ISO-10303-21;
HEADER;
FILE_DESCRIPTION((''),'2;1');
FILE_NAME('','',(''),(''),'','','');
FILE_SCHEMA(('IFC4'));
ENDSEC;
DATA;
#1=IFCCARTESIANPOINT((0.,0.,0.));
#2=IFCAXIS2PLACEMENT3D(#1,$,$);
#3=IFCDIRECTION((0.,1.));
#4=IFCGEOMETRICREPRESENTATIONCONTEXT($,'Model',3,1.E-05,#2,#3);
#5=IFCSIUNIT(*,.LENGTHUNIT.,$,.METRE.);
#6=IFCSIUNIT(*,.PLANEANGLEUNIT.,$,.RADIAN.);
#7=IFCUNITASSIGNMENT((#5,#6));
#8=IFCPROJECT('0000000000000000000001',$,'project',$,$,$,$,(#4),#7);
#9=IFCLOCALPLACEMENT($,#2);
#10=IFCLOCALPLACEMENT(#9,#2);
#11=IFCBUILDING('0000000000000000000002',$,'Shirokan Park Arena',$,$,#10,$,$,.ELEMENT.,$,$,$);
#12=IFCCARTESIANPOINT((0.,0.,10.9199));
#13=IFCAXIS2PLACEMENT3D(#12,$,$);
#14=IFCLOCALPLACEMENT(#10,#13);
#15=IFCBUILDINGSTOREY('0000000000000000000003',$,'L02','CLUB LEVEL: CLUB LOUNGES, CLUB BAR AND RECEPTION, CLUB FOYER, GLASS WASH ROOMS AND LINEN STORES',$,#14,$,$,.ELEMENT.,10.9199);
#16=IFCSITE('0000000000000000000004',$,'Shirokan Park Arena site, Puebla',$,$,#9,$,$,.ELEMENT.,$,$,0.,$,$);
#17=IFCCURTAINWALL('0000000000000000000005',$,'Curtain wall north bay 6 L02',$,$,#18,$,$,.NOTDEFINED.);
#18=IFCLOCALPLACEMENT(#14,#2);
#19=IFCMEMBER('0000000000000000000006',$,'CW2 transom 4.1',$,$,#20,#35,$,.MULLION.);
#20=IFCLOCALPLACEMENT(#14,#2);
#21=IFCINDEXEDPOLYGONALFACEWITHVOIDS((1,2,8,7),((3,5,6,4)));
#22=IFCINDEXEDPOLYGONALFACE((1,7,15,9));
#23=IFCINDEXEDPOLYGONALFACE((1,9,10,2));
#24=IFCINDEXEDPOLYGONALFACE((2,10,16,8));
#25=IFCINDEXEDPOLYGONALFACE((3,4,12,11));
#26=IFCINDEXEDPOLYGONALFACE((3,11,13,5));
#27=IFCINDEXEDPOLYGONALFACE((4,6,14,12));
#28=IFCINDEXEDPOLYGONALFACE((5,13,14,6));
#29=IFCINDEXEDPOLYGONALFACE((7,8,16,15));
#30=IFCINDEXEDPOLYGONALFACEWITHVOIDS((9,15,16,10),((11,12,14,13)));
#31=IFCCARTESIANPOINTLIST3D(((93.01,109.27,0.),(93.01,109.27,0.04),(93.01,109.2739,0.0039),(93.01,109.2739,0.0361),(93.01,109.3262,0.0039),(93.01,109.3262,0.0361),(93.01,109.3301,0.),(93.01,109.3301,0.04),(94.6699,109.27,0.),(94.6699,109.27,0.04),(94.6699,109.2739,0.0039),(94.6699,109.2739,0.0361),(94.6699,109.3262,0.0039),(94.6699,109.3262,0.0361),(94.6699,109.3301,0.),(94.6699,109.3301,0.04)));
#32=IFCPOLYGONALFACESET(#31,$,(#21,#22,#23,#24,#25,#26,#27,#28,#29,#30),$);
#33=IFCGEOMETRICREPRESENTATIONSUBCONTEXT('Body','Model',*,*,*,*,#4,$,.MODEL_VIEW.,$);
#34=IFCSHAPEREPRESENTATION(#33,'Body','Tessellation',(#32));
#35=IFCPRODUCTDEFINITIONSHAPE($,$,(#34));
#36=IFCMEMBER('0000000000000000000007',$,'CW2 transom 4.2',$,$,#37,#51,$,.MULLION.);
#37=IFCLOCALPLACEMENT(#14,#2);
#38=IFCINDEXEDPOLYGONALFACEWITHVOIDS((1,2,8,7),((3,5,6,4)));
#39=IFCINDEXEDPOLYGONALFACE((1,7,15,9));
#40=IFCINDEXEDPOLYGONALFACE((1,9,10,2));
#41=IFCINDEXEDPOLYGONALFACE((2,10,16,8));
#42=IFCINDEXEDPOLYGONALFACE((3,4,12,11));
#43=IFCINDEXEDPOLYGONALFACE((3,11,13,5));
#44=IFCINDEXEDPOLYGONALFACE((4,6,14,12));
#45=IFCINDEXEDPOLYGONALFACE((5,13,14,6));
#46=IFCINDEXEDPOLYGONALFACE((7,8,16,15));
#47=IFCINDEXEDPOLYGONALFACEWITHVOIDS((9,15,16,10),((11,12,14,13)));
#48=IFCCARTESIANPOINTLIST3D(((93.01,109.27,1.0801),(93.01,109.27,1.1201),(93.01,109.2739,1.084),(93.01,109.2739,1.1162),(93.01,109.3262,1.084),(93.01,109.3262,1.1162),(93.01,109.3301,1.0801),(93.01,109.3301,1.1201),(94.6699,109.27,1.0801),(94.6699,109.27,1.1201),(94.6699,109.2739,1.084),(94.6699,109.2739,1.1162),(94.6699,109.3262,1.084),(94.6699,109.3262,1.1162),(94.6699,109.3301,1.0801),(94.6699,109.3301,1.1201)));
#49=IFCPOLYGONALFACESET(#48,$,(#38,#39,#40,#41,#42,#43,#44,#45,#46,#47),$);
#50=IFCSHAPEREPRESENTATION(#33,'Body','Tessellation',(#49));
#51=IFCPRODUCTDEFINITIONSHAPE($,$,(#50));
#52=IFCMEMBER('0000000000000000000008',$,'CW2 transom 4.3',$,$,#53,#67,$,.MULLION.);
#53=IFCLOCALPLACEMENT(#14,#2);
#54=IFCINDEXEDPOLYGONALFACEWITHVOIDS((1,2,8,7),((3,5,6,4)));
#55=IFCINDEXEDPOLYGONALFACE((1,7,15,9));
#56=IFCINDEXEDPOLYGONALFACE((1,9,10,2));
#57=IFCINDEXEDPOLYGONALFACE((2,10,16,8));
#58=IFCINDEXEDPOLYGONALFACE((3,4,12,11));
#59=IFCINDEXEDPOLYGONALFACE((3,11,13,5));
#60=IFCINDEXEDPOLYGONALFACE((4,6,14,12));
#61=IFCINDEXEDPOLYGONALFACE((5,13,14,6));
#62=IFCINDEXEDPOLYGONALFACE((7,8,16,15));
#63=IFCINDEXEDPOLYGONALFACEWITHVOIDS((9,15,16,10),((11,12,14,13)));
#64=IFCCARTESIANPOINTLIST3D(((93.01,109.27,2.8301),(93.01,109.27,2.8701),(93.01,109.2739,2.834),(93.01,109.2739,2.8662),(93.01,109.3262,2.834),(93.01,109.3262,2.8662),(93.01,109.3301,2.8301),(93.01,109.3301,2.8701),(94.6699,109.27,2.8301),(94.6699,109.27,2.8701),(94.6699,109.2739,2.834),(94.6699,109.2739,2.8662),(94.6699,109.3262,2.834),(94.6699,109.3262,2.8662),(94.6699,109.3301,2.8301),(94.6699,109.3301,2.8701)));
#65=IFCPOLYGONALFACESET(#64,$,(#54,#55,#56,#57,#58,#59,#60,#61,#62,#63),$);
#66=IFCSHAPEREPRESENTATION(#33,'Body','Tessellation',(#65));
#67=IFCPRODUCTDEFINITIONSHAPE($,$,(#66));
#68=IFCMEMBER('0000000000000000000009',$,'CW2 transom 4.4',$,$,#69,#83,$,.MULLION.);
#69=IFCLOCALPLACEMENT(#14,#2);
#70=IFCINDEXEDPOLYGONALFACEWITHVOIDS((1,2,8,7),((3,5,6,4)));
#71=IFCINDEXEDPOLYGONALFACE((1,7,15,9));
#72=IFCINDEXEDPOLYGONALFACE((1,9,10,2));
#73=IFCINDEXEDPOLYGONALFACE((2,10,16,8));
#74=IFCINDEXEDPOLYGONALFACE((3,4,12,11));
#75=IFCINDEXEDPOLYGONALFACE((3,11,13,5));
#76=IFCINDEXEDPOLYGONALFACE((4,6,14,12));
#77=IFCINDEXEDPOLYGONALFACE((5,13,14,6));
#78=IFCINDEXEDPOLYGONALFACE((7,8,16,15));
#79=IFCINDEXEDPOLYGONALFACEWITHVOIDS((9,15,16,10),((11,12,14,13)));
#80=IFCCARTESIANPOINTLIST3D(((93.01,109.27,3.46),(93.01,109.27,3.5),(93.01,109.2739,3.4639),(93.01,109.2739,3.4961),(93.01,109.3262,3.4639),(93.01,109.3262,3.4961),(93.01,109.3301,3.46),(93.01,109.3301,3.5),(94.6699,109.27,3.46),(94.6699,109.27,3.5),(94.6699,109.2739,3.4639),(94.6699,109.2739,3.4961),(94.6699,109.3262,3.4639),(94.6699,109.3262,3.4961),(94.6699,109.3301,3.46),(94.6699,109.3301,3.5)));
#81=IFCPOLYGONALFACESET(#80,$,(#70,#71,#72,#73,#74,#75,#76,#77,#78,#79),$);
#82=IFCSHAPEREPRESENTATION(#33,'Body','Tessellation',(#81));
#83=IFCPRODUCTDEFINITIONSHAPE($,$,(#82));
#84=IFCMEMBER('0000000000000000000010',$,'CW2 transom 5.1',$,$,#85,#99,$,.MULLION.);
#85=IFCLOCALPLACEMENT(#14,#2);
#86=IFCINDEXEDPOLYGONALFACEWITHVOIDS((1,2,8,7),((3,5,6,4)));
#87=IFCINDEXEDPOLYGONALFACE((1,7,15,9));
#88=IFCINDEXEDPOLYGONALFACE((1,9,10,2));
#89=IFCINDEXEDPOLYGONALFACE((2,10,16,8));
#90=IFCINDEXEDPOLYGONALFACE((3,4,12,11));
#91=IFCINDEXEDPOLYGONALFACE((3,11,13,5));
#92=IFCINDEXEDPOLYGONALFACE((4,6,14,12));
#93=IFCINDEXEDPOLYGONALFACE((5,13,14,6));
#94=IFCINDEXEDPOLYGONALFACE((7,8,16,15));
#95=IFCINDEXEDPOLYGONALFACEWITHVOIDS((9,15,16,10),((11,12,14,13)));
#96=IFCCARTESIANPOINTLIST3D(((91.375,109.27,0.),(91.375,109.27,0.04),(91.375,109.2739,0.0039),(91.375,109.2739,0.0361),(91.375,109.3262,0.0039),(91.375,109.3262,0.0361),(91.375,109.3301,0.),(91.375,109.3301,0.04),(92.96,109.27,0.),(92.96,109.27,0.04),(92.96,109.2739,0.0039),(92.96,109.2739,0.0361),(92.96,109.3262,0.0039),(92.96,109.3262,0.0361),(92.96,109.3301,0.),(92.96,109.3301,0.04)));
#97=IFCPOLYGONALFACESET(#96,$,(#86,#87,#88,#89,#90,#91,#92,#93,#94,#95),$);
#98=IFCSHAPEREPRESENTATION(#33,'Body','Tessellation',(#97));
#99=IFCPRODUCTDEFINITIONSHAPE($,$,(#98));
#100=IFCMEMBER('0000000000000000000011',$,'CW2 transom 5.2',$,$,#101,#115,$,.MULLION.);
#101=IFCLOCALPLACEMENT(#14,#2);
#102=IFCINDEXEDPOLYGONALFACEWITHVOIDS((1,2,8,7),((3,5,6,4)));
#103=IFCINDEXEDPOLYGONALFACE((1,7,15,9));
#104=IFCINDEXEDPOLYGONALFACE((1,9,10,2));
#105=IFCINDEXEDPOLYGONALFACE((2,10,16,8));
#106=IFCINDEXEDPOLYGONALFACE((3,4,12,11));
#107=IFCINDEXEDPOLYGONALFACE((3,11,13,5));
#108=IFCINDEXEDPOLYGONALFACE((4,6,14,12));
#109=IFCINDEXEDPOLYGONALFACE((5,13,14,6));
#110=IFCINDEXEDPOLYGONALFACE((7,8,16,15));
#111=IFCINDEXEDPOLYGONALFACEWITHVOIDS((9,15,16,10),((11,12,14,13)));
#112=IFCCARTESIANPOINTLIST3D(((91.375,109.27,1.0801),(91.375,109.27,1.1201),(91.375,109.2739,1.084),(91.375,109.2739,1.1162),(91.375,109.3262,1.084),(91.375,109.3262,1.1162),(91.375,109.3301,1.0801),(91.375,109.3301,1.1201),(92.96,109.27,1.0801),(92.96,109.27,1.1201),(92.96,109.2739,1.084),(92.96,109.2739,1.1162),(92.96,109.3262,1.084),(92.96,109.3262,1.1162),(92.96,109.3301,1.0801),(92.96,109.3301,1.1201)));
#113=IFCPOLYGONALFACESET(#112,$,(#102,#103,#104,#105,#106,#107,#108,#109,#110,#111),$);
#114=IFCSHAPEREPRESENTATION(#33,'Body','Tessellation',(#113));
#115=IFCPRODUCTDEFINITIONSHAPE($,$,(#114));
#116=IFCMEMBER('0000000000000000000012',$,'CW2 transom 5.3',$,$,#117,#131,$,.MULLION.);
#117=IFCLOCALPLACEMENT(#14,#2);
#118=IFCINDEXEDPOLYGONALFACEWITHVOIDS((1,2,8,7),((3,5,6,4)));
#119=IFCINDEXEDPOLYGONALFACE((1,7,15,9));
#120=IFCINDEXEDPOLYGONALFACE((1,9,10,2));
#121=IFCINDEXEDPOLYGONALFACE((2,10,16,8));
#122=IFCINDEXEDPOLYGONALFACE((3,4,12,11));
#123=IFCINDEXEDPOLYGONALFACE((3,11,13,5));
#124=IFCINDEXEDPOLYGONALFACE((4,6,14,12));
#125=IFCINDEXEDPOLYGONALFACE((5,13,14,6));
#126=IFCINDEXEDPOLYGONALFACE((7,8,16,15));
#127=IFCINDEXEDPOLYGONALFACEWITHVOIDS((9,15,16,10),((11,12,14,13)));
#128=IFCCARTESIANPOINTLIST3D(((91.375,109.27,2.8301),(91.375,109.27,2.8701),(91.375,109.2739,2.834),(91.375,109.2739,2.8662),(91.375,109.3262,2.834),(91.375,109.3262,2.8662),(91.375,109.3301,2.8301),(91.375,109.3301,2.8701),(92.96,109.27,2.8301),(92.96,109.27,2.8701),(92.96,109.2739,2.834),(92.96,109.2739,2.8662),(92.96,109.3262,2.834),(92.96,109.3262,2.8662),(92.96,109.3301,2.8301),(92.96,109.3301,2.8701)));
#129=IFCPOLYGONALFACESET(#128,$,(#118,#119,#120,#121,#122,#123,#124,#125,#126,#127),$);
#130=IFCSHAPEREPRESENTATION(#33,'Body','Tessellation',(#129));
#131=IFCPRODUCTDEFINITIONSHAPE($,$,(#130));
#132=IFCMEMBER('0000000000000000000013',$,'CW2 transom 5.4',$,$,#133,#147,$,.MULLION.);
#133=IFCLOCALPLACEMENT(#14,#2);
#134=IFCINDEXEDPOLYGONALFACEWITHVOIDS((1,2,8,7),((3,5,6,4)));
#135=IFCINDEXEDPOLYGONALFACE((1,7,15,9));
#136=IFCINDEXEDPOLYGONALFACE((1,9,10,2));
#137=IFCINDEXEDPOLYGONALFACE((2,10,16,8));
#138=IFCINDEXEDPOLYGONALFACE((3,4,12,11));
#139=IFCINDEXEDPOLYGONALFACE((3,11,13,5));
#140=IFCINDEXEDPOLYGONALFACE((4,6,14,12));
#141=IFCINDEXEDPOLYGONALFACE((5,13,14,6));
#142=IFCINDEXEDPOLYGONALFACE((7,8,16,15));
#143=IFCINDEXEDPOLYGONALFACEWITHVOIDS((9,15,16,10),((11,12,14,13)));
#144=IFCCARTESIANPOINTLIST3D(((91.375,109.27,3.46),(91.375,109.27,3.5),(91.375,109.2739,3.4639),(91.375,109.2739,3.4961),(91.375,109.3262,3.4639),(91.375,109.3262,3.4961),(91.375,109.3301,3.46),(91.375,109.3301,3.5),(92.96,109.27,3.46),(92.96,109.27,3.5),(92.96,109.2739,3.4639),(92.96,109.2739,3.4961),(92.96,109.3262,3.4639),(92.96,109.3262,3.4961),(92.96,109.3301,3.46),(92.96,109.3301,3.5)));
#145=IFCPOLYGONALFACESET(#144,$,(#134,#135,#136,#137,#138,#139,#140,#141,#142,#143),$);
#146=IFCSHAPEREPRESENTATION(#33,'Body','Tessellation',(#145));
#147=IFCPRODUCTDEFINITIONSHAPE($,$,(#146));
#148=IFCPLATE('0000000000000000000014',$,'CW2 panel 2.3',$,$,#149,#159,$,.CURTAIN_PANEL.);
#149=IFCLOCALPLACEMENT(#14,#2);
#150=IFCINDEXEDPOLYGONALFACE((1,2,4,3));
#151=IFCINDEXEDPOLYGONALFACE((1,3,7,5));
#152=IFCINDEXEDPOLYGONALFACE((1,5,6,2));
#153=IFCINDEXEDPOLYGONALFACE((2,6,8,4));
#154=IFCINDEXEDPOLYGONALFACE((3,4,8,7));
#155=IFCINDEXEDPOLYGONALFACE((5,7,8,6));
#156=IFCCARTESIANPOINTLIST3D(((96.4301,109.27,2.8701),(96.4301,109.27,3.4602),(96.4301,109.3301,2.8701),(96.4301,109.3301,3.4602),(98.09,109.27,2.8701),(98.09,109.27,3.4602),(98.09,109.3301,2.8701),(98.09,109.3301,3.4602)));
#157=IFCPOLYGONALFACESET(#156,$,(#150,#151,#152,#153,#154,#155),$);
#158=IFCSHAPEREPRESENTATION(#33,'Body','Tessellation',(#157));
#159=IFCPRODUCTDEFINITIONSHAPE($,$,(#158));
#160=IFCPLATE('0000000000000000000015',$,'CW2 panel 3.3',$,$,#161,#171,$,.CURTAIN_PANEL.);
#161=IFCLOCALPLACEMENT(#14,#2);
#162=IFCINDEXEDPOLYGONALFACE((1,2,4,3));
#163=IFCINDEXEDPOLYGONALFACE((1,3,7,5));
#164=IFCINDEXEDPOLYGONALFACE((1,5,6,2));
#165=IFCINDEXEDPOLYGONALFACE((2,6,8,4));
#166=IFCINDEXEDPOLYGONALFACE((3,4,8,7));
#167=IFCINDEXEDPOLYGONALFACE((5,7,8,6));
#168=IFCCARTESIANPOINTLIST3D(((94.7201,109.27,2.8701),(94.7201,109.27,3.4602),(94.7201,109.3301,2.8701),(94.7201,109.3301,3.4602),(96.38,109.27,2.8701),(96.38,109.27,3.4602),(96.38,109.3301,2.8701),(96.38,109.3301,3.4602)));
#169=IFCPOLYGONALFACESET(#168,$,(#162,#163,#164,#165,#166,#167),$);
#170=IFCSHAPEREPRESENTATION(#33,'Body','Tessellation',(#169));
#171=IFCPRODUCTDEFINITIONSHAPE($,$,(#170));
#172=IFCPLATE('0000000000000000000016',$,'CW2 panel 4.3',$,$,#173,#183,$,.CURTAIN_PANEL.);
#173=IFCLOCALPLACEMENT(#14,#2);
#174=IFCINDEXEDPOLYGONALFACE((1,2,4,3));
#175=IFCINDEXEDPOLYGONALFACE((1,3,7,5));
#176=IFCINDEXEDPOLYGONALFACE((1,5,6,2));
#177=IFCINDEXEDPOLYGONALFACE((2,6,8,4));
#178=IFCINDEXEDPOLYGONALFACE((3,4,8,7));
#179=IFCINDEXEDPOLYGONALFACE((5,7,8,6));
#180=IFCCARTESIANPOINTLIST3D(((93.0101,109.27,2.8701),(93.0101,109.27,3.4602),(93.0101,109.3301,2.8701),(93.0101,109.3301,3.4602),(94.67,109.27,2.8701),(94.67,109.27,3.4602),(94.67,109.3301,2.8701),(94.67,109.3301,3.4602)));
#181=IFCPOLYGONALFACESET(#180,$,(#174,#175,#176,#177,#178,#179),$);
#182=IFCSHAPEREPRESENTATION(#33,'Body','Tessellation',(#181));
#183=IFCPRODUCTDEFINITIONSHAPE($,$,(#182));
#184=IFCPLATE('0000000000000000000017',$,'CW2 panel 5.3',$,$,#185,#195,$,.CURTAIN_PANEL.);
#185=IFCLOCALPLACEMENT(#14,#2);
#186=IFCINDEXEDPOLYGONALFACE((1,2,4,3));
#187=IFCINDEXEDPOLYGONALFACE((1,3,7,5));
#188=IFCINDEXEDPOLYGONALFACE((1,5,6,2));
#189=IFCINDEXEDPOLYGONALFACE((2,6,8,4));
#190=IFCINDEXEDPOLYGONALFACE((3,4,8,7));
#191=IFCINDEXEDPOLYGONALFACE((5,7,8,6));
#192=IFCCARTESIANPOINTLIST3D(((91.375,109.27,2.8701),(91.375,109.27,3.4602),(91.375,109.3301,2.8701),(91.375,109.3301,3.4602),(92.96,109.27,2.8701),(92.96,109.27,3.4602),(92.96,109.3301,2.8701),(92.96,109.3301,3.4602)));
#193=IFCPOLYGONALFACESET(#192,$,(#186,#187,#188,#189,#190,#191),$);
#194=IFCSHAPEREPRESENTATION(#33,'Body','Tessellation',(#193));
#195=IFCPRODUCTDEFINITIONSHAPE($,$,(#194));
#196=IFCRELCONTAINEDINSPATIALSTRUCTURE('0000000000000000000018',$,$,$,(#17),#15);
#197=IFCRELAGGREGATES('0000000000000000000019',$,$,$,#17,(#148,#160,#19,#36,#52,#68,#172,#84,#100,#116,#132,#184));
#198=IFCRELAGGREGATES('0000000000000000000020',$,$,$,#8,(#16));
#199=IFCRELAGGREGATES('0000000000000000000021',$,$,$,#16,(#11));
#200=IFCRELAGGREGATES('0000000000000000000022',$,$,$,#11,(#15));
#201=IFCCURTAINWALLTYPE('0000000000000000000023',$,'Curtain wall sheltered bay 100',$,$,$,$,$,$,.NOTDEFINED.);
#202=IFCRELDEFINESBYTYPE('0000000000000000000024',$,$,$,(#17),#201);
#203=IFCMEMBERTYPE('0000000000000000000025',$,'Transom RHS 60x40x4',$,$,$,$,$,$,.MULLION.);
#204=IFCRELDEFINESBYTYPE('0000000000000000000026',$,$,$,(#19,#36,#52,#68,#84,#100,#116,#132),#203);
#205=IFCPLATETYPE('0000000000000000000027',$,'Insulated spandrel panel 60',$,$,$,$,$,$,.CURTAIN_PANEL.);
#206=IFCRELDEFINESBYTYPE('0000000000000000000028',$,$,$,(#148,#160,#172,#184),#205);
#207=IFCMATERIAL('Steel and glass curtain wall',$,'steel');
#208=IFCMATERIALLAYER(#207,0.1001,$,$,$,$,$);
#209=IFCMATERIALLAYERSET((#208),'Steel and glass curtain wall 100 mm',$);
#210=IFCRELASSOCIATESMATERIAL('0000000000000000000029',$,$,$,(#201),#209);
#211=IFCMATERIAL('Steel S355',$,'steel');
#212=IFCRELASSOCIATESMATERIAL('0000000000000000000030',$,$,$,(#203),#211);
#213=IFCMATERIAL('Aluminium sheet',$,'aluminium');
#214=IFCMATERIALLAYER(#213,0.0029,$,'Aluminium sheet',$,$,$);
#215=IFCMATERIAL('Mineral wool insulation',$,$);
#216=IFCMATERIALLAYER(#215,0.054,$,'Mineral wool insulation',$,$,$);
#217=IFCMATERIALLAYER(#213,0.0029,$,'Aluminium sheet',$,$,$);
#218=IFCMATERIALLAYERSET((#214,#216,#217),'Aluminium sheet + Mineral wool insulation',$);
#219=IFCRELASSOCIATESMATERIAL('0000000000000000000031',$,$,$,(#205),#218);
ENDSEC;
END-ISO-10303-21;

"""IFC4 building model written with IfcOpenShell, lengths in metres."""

from ifc_helpers import new_model, si_unit, direction, frame, origin, origin_2d, place, context, subcontext, project, spatial, rectangle, hollow_rectangle, extrude, material, layer, layer_set, material_profile, profile_set, type_object, element, aggregate, save


model = new_model("IFC4")

# Units and contexts
model_context = context("Model", 3, precision=1e-05, world=origin(), true_north=direction((0.0, 1.0)))
body_context = subcontext(model_context, "Body", "Model", "MODEL_VIEW")
ifc_project = project(units=[si_unit("LENGTHUNIT", "METRE"), si_unit("PLANEANGLEUNIT", "RADIAN")], contexts=[model_context])

# Site, building, storey
site_placement = place(None, origin())
site = spatial("IfcSite", under=ifc_project, at=site_placement, Name="Shirokan Park Arena site, Puebla", CompositionType="ELEMENT", RefElevation=0.0)
building_placement = place(site_placement, origin())
building = spatial("IfcBuilding", under=site, at=building_placement, Name="Shirokan Park Arena", CompositionType="ELEMENT")
storey_placement = place(building_placement, frame((0.0, 0.0, 10.9199)))
storey = spatial("IfcBuildingStorey", under=building, at=storey_placement, Name="L02", Description="CLUB LEVEL: CLUB LOUNGES, CLUB BAR AND RECEPTION, CLUB FOYER, GLASS WASH ROOMS AND LINEN STORES", CompositionType="ELEMENT", Elevation=10.9199)

# Curtain wall, members, plates
ifc_material_1 = material(Name="Steel and glass curtain wall", Category="steel")
ifc_layer_1 = layer(ifc_material_1, 0.1001)
ifc_layer_set_1 = layer_set([ifc_layer_1], Name="Steel and glass curtain wall 100 mm")
curtain_wall_type = type_object("IfcCurtainWallType", Name="Curtain wall sheltered bay 100", PredefinedType="NOTDEFINED", material=ifc_layer_set_1)
curtain_wall_placement = place(storey_placement, origin())
curtain_wall = element("IfcCurtainWall", 1, at=curtain_wall_placement, inside=storey, type_object=curtain_wall_type, Name="Curtain wall north bay 6 L02", PredefinedType="NOTDEFINED")
ifc_material_2 = material(Name="Steel S355", Category="steel")
ifc_material_profile_1 = material_profile(ifc_material_2, hollow_rectangle(XDim=0.0601, YDim=0.04, WallThickness=0.0039, at=origin_2d()), Name="RHS 60x40x4")
ifc_profile_set_1 = profile_set([ifc_material_profile_1], Name="Steel S355")
member_type_1 = type_object("IfcMemberType", Name="Transom RHS 60x40x4", PredefinedType="MULLION", material=ifc_profile_set_1)
member_1_placement = place(storey_placement, frame((94.6699, 109.3, 0.02), z_axis=(-1.0, 0.0, 0.0), x_axis=(0.0, -1.0, 0.0)))
member_1 = element("IfcMember", 2, at=member_1_placement, type_object=member_type_1, Name="CW2 transom 4.1", PredefinedType="MULLION", context=body_context, shape_type="SweptSolid", body=[
    extrude(hollow_rectangle(XDim=0.0601, YDim=0.04, WallThickness=0.0039, at=origin_2d()), origin(), (0.0, 0.0, 1.0), 1.6599),
])
member_2_placement = place(storey_placement, frame((94.6699, 109.3, 1.1001), z_axis=(-1.0, 0.0, 0.0), x_axis=(0.0, -1.0, 0.0)))
member_2 = element("IfcMember", 3, at=member_2_placement, type_object=member_type_1, Name="CW2 transom 4.2", PredefinedType="MULLION", context=body_context, shape_type="SweptSolid", body=[
    extrude(hollow_rectangle(XDim=0.0601, YDim=0.04, WallThickness=0.0039, at=origin_2d()), origin(), (0.0, 0.0, 1.0), 1.6599),
])
member_3_placement = place(storey_placement, frame((94.6699, 109.3, 2.8501), z_axis=(-1.0, 0.0, 0.0), x_axis=(0.0, -1.0, 0.0)))
member_3 = element("IfcMember", 4, at=member_3_placement, type_object=member_type_1, Name="CW2 transom 4.3", PredefinedType="MULLION", context=body_context, shape_type="SweptSolid", body=[
    extrude(hollow_rectangle(XDim=0.0601, YDim=0.04, WallThickness=0.0039, at=origin_2d()), origin(), (0.0, 0.0, 1.0), 1.6599),
])
member_4_placement = place(storey_placement, frame((94.6699, 109.3, 3.48), z_axis=(-1.0, 0.0, 0.0), x_axis=(0.0, -1.0, 0.0)))
member_4 = element("IfcMember", 5, at=member_4_placement, type_object=member_type_1, Name="CW2 transom 4.4", PredefinedType="MULLION", context=body_context, shape_type="SweptSolid", body=[
    extrude(hollow_rectangle(XDim=0.0601, YDim=0.04, WallThickness=0.0039, at=origin_2d()), origin(), (0.0, 0.0, 1.0), 1.6599),
])
member_5_placement = place(storey_placement, frame((92.96, 109.3, 0.02), z_axis=(-1.0, 0.0, 0.0), x_axis=(0.0, -1.0, 0.0)))
member_5 = element("IfcMember", 6, at=member_5_placement, type_object=member_type_1, Name="CW2 transom 5.1", PredefinedType="MULLION", context=body_context, shape_type="SweptSolid", body=[
    extrude(hollow_rectangle(XDim=0.0601, YDim=0.04, WallThickness=0.0039, at=origin_2d()), origin(), (0.0, 0.0, 1.0), 1.585),
])
member_6_placement = place(storey_placement, frame((92.96, 109.3, 1.1001), z_axis=(-1.0, 0.0, 0.0), x_axis=(0.0, -1.0, 0.0)))
member_6 = element("IfcMember", 7, at=member_6_placement, type_object=member_type_1, Name="CW2 transom 5.2", PredefinedType="MULLION", context=body_context, shape_type="SweptSolid", body=[
    extrude(hollow_rectangle(XDim=0.0601, YDim=0.04, WallThickness=0.0039, at=origin_2d()), origin(), (0.0, 0.0, 1.0), 1.585),
])
member_7_placement = place(storey_placement, frame((92.96, 109.3, 2.8501), z_axis=(-1.0, 0.0, 0.0), x_axis=(0.0, -1.0, 0.0)))
member_7 = element("IfcMember", 8, at=member_7_placement, type_object=member_type_1, Name="CW2 transom 5.3", PredefinedType="MULLION", context=body_context, shape_type="SweptSolid", body=[
    extrude(hollow_rectangle(XDim=0.0601, YDim=0.04, WallThickness=0.0039, at=origin_2d()), origin(), (0.0, 0.0, 1.0), 1.585),
])
member_8_placement = place(storey_placement, frame((92.96, 109.3, 3.48), z_axis=(-1.0, 0.0, 0.0), x_axis=(0.0, -1.0, 0.0)))
member_8 = element("IfcMember", 9, at=member_8_placement, type_object=member_type_1, Name="CW2 transom 5.4", PredefinedType="MULLION", context=body_context, shape_type="SweptSolid", body=[
    extrude(hollow_rectangle(XDim=0.0601, YDim=0.04, WallThickness=0.0039, at=origin_2d()), origin(), (0.0, 0.0, 1.0), 1.585),
])
ifc_material_3 = material(Name="Aluminium sheet", Category="aluminium")
ifc_layer_2 = layer(ifc_material_3, 0.0029, Name="Aluminium sheet")
ifc_material_4 = material(Name="Mineral wool insulation")
ifc_layer_3 = layer(ifc_material_4, 0.054, Name="Mineral wool insulation")
ifc_layer_4 = layer(ifc_material_3, 0.0029, Name="Aluminium sheet")
ifc_layer_set_2 = layer_set([ifc_layer_2, ifc_layer_3, ifc_layer_4], Name="Aluminium sheet + Mineral wool insulation")
plate_type_1 = type_object("IfcPlateType", Name="Insulated spandrel panel 60", PredefinedType="CURTAIN_PANEL", material=ifc_layer_set_2)
plate_1_placement = place(storey_placement, frame((97.26, 109.3, 2.8701), z_axis=(0.0, 0.0, 1.0), x_axis=(-1.0, 0.0, 0.0)))
plate_1 = element("IfcPlate", 10, at=plate_1_placement, type_object=plate_type_1, Name="CW2 panel 2.3", PredefinedType="CURTAIN_PANEL", context=body_context, shape_type="SweptSolid", body=[
    extrude(rectangle(XDim=1.6599, YDim=0.0601, at=origin_2d()), origin(), (0.0, 0.0, 1.0), 0.5901),
])
plate_2_placement = place(storey_placement, frame((95.55, 109.3, 2.8701), z_axis=(0.0, 0.0, 1.0), x_axis=(-1.0, 0.0, 0.0)))
plate_2 = element("IfcPlate", 11, at=plate_2_placement, type_object=plate_type_1, Name="CW2 panel 3.3", PredefinedType="CURTAIN_PANEL", context=body_context, shape_type="SweptSolid", body=[
    extrude(rectangle(XDim=1.6599, YDim=0.0601, at=origin_2d()), origin(), (0.0, 0.0, 1.0), 0.5901),
])
plate_3_placement = place(storey_placement, frame((93.8401, 109.3, 2.8701), z_axis=(0.0, 0.0, 1.0), x_axis=(-1.0, 0.0, 0.0)))
plate_3 = element("IfcPlate", 12, at=plate_3_placement, type_object=plate_type_1, Name="CW2 panel 4.3", PredefinedType="CURTAIN_PANEL", context=body_context, shape_type="SweptSolid", body=[
    extrude(rectangle(XDim=1.6599, YDim=0.0601, at=origin_2d()), origin(), (0.0, 0.0, 1.0), 0.5901),
])
plate_4_placement = place(storey_placement, frame((92.1675, 109.3, 2.8701), z_axis=(0.0, 0.0, 1.0), x_axis=(-1.0, 0.0, 0.0)))
plate_4 = element("IfcPlate", 13, at=plate_4_placement, type_object=plate_type_1, Name="CW2 panel 5.3", PredefinedType="CURTAIN_PANEL", context=body_context, shape_type="SweptSolid", body=[
    extrude(rectangle(XDim=1.585, YDim=0.0601, at=origin_2d()), origin(), (0.0, 0.0, 1.0), 0.5901),
])
aggregate(curtain_wall, [plate_1, plate_2, member_1, member_2, member_3, member_4, plate_3, member_5, member_6, member_7, member_8, plate_4])

save(model, "model.ifc")
